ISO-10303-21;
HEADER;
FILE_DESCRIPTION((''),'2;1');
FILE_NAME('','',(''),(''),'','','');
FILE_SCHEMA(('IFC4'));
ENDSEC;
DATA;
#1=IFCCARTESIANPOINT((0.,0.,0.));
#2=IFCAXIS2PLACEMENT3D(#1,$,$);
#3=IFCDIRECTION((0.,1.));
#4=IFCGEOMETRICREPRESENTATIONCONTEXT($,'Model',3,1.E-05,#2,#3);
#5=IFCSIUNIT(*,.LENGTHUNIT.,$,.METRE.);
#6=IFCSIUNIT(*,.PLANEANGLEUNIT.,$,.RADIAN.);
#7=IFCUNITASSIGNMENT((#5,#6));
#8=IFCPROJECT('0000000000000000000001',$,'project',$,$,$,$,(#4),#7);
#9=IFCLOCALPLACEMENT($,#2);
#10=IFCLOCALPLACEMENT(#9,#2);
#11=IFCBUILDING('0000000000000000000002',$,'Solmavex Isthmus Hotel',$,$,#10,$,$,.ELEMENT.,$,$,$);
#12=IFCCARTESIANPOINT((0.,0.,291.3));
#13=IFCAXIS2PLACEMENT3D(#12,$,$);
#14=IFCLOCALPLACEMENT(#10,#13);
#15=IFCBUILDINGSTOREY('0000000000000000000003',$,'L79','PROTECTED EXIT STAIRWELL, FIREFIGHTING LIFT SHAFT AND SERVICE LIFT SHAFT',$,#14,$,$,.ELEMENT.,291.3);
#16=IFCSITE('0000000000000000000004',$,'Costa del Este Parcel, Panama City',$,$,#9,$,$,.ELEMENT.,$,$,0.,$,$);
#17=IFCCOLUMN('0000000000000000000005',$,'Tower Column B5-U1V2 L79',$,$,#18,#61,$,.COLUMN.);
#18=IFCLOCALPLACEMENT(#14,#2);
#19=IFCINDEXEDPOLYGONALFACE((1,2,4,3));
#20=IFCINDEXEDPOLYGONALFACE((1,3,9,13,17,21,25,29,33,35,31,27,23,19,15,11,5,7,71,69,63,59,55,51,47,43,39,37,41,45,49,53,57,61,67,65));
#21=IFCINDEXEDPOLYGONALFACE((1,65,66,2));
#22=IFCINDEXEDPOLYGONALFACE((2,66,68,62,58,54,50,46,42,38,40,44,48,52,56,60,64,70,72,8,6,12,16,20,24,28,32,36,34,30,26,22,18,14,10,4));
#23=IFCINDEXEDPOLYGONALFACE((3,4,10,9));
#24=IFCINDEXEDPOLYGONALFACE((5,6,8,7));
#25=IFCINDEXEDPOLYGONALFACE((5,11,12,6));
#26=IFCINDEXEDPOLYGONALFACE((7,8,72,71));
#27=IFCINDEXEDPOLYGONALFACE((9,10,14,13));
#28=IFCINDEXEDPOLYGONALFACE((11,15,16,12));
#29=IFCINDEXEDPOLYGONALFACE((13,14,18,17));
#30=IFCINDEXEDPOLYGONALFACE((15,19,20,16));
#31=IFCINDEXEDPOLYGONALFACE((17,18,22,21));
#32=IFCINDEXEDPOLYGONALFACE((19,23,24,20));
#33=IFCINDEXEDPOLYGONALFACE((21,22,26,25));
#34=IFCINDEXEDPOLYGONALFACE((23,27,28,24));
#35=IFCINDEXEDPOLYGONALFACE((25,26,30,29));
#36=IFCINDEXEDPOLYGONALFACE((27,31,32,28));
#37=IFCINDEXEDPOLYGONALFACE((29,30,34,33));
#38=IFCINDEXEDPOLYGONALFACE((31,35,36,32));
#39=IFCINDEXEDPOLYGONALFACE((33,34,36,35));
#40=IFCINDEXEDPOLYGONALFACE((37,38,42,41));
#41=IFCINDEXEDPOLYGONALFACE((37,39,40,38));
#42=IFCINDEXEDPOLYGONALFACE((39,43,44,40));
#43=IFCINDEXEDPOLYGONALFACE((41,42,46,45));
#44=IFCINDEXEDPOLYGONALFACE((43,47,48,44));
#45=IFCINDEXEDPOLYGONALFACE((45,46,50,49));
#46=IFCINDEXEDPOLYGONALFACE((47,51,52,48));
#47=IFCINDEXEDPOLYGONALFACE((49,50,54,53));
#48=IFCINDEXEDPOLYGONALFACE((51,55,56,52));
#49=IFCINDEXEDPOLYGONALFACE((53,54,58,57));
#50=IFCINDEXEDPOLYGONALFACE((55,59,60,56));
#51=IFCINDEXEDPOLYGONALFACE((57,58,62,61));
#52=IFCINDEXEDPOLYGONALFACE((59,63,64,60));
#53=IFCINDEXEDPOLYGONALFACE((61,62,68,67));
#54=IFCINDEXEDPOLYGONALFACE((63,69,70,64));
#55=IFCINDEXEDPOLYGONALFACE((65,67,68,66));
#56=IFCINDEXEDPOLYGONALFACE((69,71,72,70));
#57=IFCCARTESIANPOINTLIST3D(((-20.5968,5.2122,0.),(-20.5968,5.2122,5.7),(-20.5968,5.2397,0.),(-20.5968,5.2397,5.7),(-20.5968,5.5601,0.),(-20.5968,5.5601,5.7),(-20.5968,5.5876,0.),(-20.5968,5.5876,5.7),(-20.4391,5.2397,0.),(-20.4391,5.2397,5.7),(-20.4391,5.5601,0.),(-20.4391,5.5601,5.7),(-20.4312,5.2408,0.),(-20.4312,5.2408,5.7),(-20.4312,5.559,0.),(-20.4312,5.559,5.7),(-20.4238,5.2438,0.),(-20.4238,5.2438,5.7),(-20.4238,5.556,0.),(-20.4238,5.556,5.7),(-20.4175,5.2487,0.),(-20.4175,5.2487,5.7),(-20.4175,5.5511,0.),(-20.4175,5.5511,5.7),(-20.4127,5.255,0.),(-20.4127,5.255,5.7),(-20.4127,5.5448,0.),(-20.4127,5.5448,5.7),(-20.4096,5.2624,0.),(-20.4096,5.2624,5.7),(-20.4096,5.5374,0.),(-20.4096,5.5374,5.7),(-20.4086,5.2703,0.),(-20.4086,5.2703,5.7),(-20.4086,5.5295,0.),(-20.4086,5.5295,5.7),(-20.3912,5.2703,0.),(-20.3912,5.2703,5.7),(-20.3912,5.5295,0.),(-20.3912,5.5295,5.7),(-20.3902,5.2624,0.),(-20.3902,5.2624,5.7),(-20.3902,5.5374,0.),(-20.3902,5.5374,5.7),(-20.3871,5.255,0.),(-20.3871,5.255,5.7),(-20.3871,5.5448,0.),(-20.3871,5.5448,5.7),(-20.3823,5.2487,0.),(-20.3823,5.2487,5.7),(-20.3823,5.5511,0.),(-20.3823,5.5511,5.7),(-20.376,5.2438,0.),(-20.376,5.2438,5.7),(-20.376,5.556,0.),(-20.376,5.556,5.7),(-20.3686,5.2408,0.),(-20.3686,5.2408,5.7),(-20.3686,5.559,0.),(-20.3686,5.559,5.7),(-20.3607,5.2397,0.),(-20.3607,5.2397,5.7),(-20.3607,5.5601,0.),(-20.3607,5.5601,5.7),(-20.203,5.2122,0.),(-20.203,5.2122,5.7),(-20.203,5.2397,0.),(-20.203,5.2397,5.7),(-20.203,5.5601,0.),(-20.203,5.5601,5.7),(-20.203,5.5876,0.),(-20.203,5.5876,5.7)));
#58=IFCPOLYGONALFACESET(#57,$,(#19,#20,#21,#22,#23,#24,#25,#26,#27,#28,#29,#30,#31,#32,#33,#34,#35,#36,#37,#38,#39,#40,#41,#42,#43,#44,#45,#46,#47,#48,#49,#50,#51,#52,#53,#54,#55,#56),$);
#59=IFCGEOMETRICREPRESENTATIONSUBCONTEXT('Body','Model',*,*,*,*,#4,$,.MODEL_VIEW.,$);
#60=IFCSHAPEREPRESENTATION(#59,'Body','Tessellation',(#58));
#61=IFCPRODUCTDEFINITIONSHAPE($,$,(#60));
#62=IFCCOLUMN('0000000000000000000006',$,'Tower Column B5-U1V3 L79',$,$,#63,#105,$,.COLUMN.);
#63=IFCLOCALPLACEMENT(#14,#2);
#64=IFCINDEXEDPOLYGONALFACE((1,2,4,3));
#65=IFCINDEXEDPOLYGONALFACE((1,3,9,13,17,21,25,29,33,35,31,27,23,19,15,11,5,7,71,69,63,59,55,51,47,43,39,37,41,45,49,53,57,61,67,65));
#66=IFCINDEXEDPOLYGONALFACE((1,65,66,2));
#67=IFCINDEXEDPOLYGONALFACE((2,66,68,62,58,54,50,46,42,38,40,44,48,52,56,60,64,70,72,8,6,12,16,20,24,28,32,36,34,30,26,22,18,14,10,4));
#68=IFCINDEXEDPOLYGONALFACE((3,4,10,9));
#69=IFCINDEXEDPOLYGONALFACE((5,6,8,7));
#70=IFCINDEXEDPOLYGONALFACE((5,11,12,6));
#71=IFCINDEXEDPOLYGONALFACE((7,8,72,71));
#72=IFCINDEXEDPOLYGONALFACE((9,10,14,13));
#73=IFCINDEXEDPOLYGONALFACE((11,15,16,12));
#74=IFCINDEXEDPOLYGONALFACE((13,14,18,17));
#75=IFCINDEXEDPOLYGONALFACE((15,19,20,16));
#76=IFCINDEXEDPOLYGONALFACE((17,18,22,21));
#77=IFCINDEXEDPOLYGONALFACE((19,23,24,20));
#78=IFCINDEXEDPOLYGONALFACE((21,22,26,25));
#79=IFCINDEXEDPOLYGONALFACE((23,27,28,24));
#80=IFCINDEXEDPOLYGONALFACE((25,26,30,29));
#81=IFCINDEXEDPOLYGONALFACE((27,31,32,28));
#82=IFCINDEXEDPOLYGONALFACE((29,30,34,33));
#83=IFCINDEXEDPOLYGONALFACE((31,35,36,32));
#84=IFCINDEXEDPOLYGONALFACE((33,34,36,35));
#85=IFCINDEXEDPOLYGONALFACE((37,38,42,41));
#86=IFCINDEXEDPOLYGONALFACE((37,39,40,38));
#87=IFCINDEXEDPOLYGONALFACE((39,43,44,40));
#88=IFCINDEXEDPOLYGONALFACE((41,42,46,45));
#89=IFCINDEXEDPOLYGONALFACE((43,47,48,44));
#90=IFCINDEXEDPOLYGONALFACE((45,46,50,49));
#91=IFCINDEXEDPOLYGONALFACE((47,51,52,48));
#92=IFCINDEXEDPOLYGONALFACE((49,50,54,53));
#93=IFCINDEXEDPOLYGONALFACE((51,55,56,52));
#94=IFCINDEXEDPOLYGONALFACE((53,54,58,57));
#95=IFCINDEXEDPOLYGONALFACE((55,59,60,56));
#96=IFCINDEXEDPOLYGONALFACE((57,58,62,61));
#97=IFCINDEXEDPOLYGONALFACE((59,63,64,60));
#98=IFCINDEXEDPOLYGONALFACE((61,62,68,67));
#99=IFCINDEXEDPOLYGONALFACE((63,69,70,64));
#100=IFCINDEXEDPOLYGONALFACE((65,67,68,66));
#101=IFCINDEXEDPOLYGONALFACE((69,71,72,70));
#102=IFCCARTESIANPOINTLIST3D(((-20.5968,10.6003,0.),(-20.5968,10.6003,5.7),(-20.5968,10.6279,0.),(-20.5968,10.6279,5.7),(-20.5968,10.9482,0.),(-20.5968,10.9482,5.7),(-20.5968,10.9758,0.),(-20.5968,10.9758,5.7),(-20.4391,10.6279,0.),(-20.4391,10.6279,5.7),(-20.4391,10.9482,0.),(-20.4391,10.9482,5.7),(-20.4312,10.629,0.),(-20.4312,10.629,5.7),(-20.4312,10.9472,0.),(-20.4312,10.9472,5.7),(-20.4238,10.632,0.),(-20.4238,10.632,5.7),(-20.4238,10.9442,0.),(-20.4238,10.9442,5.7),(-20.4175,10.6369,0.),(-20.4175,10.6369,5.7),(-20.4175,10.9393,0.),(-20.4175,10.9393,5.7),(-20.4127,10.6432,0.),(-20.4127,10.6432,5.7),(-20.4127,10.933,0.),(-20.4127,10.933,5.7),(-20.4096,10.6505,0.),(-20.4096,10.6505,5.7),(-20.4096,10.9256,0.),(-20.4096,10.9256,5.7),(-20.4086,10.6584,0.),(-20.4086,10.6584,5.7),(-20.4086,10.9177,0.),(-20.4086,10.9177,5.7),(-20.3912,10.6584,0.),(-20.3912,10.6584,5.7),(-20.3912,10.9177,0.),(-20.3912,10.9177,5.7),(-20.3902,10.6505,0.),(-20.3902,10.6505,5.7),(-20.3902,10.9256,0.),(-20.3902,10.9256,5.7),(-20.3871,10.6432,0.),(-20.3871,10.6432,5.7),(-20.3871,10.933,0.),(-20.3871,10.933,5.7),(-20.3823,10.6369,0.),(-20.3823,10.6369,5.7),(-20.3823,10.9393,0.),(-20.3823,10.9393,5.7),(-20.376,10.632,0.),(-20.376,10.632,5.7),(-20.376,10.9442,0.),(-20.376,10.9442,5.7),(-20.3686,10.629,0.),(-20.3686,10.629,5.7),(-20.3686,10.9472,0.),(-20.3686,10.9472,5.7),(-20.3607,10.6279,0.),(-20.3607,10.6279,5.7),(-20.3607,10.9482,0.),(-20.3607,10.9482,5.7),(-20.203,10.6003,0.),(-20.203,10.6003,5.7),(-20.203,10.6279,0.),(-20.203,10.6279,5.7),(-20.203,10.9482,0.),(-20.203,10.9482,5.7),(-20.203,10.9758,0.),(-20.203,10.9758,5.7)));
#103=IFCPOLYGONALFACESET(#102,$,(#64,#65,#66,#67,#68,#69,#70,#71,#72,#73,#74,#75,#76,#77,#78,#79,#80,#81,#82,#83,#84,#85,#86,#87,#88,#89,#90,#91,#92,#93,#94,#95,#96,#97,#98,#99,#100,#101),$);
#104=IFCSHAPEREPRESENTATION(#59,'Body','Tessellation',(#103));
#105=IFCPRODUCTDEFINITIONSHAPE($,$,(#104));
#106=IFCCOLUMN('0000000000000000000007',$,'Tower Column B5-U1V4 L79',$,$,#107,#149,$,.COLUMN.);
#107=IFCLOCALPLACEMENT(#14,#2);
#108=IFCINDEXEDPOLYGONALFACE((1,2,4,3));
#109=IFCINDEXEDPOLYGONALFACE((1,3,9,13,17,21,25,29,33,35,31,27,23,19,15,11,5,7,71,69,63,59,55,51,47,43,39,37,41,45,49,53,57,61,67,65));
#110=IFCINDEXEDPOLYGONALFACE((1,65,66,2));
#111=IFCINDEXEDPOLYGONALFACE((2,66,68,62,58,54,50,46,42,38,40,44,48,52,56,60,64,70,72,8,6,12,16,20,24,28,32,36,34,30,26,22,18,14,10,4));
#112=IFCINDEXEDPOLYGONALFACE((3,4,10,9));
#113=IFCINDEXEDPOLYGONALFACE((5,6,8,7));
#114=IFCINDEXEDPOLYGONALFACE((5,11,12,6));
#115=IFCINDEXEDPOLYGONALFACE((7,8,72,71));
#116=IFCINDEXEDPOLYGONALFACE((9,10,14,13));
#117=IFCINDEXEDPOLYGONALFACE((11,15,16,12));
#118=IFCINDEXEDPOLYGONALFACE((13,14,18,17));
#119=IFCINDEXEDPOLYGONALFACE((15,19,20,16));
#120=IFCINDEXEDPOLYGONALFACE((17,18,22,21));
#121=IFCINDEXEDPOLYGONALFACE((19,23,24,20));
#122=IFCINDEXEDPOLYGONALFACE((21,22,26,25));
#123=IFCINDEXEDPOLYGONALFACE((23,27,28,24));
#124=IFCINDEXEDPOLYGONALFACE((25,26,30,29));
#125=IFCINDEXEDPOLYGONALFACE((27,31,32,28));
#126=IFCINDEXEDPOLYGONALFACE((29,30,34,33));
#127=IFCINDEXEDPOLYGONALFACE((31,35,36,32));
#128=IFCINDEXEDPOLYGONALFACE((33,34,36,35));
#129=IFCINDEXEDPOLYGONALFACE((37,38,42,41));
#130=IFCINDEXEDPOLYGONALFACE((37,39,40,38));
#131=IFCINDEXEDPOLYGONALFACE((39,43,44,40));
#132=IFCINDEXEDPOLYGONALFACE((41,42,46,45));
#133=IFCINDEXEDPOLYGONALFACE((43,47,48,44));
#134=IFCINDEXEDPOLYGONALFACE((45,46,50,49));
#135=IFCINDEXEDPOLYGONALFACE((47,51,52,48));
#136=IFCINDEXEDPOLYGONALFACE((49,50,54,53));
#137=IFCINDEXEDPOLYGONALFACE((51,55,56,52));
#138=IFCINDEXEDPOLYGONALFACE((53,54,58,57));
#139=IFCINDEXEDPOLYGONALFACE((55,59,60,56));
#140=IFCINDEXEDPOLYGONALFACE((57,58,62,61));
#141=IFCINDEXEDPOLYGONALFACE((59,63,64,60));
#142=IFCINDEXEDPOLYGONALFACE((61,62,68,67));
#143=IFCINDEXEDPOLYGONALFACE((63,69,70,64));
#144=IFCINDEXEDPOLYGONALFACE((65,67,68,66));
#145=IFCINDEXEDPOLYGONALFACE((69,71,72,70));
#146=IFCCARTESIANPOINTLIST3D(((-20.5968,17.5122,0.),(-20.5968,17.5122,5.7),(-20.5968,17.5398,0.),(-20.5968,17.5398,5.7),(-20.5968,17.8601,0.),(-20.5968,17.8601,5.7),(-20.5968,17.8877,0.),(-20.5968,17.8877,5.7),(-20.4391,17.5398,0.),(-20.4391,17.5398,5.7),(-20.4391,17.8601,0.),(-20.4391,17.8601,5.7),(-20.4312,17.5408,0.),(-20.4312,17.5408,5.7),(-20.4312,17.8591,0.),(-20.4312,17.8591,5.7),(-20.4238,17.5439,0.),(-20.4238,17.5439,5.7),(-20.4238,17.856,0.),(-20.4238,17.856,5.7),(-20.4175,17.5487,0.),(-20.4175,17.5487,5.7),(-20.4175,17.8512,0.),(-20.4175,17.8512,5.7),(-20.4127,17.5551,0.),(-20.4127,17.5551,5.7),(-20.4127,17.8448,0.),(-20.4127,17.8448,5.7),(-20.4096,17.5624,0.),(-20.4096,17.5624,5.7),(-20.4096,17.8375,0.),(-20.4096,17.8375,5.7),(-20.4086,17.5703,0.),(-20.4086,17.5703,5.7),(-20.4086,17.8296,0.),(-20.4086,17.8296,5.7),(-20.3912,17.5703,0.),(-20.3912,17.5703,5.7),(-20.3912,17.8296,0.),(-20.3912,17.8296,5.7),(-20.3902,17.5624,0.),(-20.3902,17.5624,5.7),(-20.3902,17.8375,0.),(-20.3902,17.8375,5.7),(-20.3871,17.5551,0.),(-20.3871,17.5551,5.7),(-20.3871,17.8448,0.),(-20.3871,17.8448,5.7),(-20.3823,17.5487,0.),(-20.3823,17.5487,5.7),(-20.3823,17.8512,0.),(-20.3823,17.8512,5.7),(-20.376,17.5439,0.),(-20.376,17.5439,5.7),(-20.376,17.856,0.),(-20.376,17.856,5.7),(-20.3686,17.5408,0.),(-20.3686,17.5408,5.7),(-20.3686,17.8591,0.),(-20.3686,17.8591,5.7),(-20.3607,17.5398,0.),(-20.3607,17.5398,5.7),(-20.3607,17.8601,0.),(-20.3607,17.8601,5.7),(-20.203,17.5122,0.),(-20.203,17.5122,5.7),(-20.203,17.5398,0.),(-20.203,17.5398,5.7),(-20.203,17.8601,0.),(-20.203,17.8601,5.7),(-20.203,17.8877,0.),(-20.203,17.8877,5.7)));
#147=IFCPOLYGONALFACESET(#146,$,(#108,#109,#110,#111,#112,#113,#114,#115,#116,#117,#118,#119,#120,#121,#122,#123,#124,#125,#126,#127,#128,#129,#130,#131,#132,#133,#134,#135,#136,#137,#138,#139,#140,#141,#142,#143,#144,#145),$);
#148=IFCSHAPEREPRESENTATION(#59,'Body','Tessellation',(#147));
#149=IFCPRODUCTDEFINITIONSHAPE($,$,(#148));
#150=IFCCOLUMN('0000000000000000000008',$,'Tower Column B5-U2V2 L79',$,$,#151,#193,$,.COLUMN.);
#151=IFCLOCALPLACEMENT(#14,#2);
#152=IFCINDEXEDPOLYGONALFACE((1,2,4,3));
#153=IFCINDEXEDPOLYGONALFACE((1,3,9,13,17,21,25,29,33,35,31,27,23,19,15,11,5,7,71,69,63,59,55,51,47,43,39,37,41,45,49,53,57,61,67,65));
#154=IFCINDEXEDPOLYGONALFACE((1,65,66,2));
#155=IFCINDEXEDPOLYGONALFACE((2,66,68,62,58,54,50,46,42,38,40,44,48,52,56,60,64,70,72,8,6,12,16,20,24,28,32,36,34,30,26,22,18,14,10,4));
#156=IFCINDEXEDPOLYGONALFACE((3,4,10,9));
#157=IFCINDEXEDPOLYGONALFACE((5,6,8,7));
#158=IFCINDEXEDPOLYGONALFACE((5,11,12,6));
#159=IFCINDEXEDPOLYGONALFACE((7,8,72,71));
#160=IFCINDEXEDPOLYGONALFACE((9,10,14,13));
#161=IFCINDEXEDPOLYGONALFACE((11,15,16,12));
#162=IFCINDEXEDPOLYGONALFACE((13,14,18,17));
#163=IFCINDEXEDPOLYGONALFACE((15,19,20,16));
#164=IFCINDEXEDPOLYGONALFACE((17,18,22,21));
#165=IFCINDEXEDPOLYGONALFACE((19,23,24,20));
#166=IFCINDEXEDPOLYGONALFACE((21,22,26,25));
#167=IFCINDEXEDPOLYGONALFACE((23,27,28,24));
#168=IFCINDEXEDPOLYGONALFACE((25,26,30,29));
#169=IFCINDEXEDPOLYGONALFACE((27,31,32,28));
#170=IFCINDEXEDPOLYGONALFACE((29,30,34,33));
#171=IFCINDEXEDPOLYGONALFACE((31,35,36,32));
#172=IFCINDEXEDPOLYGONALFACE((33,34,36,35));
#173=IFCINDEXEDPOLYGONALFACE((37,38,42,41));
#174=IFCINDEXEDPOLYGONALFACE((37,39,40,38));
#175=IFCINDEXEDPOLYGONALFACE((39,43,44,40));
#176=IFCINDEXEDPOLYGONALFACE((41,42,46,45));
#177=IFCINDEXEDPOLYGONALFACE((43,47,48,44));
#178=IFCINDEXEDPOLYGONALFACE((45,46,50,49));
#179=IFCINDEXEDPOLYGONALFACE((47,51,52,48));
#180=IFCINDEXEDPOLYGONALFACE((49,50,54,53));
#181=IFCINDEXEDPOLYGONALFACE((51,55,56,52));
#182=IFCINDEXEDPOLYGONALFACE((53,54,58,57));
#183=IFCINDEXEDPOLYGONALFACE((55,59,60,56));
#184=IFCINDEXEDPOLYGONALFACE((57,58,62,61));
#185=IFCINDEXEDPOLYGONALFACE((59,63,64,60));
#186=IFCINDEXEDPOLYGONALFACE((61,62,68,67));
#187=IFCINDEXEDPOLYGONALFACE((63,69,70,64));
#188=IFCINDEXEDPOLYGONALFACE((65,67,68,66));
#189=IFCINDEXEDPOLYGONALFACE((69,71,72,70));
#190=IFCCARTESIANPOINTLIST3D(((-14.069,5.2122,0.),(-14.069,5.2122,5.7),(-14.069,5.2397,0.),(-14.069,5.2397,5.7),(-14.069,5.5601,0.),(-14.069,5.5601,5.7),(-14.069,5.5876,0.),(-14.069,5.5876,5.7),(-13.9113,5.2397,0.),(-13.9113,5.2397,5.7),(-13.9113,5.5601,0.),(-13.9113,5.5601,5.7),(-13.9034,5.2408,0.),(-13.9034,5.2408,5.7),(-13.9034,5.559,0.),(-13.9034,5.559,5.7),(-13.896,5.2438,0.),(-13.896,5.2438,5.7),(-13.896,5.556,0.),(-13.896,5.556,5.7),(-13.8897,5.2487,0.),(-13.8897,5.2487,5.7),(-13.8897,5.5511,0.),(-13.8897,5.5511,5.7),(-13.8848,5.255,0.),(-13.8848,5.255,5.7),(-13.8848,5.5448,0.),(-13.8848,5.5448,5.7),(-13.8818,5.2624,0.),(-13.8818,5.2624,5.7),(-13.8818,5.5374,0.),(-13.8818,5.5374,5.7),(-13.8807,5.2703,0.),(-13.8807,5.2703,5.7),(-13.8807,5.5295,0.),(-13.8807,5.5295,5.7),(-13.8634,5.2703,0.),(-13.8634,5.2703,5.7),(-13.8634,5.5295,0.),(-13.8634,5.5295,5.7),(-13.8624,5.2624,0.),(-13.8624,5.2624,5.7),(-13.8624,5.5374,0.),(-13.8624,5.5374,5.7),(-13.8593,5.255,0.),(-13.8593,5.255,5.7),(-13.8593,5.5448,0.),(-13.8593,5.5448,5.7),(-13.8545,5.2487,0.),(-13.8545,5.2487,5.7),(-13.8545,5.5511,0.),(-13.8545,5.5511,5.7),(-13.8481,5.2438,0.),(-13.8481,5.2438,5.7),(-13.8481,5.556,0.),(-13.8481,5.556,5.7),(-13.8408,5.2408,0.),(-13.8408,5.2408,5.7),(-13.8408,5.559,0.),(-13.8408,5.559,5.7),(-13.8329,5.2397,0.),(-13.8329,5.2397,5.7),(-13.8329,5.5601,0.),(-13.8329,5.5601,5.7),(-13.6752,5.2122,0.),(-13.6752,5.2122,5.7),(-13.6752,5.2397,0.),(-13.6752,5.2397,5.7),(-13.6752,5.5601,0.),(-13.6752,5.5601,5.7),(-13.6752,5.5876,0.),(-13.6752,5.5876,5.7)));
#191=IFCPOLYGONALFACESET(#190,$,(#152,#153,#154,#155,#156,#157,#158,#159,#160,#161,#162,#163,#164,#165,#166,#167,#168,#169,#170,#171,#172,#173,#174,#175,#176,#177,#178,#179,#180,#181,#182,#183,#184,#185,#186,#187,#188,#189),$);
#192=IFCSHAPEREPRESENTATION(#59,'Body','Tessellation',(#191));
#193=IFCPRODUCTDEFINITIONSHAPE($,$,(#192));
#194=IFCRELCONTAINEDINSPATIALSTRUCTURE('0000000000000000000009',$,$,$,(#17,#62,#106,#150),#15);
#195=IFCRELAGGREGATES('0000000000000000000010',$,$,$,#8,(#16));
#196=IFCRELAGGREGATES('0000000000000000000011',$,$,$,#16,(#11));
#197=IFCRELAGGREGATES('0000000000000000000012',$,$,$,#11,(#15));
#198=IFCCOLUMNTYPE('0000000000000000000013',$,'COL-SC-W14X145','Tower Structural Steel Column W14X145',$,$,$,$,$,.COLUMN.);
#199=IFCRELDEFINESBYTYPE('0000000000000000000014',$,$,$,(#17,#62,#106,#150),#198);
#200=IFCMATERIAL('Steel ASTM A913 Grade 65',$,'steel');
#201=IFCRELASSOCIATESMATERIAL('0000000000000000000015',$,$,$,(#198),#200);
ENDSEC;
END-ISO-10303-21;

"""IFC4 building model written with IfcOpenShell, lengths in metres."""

from ifc_helpers import new_model, si_unit, direction, frame, origin, origin_2d, place, context, subcontext, project, spatial, i_section, extrude, material, material_profile, profile_set, type_object, element, save


model = new_model("IFC4")

# Units and contexts
model_context = context("Model", 3, precision=1e-05, world=origin(), true_north=direction((0.0, 1.0)))
body_context = subcontext(model_context, "Body", "Model", "MODEL_VIEW")
ifc_project = project(units=[si_unit("LENGTHUNIT", "METRE"), si_unit("PLANEANGLEUNIT", "RADIAN")], contexts=[model_context])

# Site, building, storey
site_placement = place(None, origin())
site = spatial("IfcSite", under=ifc_project, at=site_placement, Name="Costa del Este Parcel, Panama City", CompositionType="ELEMENT", RefElevation=0.0)
building_placement = place(site_placement, origin())
building = spatial("IfcBuilding", under=site, at=building_placement, Name="Solmavex Isthmus Hotel", CompositionType="ELEMENT")
storey_placement = place(building_placement, frame((0.0, 0.0, 291.3)))
storey = spatial("IfcBuildingStorey", under=building, at=storey_placement, Name="L79", Description="PROTECTED EXIT STAIRWELL, FIREFIGHTING LIFT SHAFT AND SERVICE LIFT SHAFT", CompositionType="ELEMENT", Elevation=291.3)

# Columns
ifc_material_1 = material(Name="Steel ASTM A913 Grade 65", Category="steel")
ifc_material_profile_1 = material_profile(ifc_material_1, i_section(OverallWidth=0.3938, OverallDepth=0.3755, WebThickness=0.0173, FlangeThickness=0.0276, FilletRadius=0.0305, at=origin_2d()), Name="W14X145")
ifc_profile_set_1 = profile_set([ifc_material_profile_1], Name="Steel ASTM A913 Grade 65")
column_type = type_object("IfcColumnType", Name="COL-SC-W14X145", Description="Tower Structural Steel Column W14X145", PredefinedType="COLUMN", material=ifc_profile_set_1)
for number, where, z_axis, x_axis, name in (
    (1, (-20.3999, 5.3999, 0.0), (0.0, 0.0, 1.0), (1.0, 0.0, 0.0), "Tower Column B5-U1V2 L79"),
    (2, (-20.3999, 10.7881, 0.0), (0.0, 0.0, 1.0), (1.0, 0.0, 0.0), "Tower Column B5-U1V3 L79"),
    (3, (-20.3999, 17.7, 0.0), (0.0, 0.0, 1.0), (1.0, 0.0, 0.0), "Tower Column B5-U1V4 L79"),
    (4, (-13.8721, 5.3999, 0.0), (0.0, 0.0, 1.0), (1.0, 0.0, 0.0), "Tower Column B5-U2V2 L79"),
):
    element("IfcColumn", number, at=place(storey_placement, frame(where, z_axis=z_axis, x_axis=x_axis)), inside=storey, type_object=column_type, Name=name, PredefinedType="COLUMN", context=body_context, shape_type="SweptSolid", body=[
        extrude(i_section(OverallWidth=0.3938, OverallDepth=0.3755, WebThickness=0.0173, FlangeThickness=0.0276, FilletRadius=0.0305, at=origin_2d()), origin(), (0.0, 0.0, 1.0), 5.7),
    ])

save(model, "model.ifc")
